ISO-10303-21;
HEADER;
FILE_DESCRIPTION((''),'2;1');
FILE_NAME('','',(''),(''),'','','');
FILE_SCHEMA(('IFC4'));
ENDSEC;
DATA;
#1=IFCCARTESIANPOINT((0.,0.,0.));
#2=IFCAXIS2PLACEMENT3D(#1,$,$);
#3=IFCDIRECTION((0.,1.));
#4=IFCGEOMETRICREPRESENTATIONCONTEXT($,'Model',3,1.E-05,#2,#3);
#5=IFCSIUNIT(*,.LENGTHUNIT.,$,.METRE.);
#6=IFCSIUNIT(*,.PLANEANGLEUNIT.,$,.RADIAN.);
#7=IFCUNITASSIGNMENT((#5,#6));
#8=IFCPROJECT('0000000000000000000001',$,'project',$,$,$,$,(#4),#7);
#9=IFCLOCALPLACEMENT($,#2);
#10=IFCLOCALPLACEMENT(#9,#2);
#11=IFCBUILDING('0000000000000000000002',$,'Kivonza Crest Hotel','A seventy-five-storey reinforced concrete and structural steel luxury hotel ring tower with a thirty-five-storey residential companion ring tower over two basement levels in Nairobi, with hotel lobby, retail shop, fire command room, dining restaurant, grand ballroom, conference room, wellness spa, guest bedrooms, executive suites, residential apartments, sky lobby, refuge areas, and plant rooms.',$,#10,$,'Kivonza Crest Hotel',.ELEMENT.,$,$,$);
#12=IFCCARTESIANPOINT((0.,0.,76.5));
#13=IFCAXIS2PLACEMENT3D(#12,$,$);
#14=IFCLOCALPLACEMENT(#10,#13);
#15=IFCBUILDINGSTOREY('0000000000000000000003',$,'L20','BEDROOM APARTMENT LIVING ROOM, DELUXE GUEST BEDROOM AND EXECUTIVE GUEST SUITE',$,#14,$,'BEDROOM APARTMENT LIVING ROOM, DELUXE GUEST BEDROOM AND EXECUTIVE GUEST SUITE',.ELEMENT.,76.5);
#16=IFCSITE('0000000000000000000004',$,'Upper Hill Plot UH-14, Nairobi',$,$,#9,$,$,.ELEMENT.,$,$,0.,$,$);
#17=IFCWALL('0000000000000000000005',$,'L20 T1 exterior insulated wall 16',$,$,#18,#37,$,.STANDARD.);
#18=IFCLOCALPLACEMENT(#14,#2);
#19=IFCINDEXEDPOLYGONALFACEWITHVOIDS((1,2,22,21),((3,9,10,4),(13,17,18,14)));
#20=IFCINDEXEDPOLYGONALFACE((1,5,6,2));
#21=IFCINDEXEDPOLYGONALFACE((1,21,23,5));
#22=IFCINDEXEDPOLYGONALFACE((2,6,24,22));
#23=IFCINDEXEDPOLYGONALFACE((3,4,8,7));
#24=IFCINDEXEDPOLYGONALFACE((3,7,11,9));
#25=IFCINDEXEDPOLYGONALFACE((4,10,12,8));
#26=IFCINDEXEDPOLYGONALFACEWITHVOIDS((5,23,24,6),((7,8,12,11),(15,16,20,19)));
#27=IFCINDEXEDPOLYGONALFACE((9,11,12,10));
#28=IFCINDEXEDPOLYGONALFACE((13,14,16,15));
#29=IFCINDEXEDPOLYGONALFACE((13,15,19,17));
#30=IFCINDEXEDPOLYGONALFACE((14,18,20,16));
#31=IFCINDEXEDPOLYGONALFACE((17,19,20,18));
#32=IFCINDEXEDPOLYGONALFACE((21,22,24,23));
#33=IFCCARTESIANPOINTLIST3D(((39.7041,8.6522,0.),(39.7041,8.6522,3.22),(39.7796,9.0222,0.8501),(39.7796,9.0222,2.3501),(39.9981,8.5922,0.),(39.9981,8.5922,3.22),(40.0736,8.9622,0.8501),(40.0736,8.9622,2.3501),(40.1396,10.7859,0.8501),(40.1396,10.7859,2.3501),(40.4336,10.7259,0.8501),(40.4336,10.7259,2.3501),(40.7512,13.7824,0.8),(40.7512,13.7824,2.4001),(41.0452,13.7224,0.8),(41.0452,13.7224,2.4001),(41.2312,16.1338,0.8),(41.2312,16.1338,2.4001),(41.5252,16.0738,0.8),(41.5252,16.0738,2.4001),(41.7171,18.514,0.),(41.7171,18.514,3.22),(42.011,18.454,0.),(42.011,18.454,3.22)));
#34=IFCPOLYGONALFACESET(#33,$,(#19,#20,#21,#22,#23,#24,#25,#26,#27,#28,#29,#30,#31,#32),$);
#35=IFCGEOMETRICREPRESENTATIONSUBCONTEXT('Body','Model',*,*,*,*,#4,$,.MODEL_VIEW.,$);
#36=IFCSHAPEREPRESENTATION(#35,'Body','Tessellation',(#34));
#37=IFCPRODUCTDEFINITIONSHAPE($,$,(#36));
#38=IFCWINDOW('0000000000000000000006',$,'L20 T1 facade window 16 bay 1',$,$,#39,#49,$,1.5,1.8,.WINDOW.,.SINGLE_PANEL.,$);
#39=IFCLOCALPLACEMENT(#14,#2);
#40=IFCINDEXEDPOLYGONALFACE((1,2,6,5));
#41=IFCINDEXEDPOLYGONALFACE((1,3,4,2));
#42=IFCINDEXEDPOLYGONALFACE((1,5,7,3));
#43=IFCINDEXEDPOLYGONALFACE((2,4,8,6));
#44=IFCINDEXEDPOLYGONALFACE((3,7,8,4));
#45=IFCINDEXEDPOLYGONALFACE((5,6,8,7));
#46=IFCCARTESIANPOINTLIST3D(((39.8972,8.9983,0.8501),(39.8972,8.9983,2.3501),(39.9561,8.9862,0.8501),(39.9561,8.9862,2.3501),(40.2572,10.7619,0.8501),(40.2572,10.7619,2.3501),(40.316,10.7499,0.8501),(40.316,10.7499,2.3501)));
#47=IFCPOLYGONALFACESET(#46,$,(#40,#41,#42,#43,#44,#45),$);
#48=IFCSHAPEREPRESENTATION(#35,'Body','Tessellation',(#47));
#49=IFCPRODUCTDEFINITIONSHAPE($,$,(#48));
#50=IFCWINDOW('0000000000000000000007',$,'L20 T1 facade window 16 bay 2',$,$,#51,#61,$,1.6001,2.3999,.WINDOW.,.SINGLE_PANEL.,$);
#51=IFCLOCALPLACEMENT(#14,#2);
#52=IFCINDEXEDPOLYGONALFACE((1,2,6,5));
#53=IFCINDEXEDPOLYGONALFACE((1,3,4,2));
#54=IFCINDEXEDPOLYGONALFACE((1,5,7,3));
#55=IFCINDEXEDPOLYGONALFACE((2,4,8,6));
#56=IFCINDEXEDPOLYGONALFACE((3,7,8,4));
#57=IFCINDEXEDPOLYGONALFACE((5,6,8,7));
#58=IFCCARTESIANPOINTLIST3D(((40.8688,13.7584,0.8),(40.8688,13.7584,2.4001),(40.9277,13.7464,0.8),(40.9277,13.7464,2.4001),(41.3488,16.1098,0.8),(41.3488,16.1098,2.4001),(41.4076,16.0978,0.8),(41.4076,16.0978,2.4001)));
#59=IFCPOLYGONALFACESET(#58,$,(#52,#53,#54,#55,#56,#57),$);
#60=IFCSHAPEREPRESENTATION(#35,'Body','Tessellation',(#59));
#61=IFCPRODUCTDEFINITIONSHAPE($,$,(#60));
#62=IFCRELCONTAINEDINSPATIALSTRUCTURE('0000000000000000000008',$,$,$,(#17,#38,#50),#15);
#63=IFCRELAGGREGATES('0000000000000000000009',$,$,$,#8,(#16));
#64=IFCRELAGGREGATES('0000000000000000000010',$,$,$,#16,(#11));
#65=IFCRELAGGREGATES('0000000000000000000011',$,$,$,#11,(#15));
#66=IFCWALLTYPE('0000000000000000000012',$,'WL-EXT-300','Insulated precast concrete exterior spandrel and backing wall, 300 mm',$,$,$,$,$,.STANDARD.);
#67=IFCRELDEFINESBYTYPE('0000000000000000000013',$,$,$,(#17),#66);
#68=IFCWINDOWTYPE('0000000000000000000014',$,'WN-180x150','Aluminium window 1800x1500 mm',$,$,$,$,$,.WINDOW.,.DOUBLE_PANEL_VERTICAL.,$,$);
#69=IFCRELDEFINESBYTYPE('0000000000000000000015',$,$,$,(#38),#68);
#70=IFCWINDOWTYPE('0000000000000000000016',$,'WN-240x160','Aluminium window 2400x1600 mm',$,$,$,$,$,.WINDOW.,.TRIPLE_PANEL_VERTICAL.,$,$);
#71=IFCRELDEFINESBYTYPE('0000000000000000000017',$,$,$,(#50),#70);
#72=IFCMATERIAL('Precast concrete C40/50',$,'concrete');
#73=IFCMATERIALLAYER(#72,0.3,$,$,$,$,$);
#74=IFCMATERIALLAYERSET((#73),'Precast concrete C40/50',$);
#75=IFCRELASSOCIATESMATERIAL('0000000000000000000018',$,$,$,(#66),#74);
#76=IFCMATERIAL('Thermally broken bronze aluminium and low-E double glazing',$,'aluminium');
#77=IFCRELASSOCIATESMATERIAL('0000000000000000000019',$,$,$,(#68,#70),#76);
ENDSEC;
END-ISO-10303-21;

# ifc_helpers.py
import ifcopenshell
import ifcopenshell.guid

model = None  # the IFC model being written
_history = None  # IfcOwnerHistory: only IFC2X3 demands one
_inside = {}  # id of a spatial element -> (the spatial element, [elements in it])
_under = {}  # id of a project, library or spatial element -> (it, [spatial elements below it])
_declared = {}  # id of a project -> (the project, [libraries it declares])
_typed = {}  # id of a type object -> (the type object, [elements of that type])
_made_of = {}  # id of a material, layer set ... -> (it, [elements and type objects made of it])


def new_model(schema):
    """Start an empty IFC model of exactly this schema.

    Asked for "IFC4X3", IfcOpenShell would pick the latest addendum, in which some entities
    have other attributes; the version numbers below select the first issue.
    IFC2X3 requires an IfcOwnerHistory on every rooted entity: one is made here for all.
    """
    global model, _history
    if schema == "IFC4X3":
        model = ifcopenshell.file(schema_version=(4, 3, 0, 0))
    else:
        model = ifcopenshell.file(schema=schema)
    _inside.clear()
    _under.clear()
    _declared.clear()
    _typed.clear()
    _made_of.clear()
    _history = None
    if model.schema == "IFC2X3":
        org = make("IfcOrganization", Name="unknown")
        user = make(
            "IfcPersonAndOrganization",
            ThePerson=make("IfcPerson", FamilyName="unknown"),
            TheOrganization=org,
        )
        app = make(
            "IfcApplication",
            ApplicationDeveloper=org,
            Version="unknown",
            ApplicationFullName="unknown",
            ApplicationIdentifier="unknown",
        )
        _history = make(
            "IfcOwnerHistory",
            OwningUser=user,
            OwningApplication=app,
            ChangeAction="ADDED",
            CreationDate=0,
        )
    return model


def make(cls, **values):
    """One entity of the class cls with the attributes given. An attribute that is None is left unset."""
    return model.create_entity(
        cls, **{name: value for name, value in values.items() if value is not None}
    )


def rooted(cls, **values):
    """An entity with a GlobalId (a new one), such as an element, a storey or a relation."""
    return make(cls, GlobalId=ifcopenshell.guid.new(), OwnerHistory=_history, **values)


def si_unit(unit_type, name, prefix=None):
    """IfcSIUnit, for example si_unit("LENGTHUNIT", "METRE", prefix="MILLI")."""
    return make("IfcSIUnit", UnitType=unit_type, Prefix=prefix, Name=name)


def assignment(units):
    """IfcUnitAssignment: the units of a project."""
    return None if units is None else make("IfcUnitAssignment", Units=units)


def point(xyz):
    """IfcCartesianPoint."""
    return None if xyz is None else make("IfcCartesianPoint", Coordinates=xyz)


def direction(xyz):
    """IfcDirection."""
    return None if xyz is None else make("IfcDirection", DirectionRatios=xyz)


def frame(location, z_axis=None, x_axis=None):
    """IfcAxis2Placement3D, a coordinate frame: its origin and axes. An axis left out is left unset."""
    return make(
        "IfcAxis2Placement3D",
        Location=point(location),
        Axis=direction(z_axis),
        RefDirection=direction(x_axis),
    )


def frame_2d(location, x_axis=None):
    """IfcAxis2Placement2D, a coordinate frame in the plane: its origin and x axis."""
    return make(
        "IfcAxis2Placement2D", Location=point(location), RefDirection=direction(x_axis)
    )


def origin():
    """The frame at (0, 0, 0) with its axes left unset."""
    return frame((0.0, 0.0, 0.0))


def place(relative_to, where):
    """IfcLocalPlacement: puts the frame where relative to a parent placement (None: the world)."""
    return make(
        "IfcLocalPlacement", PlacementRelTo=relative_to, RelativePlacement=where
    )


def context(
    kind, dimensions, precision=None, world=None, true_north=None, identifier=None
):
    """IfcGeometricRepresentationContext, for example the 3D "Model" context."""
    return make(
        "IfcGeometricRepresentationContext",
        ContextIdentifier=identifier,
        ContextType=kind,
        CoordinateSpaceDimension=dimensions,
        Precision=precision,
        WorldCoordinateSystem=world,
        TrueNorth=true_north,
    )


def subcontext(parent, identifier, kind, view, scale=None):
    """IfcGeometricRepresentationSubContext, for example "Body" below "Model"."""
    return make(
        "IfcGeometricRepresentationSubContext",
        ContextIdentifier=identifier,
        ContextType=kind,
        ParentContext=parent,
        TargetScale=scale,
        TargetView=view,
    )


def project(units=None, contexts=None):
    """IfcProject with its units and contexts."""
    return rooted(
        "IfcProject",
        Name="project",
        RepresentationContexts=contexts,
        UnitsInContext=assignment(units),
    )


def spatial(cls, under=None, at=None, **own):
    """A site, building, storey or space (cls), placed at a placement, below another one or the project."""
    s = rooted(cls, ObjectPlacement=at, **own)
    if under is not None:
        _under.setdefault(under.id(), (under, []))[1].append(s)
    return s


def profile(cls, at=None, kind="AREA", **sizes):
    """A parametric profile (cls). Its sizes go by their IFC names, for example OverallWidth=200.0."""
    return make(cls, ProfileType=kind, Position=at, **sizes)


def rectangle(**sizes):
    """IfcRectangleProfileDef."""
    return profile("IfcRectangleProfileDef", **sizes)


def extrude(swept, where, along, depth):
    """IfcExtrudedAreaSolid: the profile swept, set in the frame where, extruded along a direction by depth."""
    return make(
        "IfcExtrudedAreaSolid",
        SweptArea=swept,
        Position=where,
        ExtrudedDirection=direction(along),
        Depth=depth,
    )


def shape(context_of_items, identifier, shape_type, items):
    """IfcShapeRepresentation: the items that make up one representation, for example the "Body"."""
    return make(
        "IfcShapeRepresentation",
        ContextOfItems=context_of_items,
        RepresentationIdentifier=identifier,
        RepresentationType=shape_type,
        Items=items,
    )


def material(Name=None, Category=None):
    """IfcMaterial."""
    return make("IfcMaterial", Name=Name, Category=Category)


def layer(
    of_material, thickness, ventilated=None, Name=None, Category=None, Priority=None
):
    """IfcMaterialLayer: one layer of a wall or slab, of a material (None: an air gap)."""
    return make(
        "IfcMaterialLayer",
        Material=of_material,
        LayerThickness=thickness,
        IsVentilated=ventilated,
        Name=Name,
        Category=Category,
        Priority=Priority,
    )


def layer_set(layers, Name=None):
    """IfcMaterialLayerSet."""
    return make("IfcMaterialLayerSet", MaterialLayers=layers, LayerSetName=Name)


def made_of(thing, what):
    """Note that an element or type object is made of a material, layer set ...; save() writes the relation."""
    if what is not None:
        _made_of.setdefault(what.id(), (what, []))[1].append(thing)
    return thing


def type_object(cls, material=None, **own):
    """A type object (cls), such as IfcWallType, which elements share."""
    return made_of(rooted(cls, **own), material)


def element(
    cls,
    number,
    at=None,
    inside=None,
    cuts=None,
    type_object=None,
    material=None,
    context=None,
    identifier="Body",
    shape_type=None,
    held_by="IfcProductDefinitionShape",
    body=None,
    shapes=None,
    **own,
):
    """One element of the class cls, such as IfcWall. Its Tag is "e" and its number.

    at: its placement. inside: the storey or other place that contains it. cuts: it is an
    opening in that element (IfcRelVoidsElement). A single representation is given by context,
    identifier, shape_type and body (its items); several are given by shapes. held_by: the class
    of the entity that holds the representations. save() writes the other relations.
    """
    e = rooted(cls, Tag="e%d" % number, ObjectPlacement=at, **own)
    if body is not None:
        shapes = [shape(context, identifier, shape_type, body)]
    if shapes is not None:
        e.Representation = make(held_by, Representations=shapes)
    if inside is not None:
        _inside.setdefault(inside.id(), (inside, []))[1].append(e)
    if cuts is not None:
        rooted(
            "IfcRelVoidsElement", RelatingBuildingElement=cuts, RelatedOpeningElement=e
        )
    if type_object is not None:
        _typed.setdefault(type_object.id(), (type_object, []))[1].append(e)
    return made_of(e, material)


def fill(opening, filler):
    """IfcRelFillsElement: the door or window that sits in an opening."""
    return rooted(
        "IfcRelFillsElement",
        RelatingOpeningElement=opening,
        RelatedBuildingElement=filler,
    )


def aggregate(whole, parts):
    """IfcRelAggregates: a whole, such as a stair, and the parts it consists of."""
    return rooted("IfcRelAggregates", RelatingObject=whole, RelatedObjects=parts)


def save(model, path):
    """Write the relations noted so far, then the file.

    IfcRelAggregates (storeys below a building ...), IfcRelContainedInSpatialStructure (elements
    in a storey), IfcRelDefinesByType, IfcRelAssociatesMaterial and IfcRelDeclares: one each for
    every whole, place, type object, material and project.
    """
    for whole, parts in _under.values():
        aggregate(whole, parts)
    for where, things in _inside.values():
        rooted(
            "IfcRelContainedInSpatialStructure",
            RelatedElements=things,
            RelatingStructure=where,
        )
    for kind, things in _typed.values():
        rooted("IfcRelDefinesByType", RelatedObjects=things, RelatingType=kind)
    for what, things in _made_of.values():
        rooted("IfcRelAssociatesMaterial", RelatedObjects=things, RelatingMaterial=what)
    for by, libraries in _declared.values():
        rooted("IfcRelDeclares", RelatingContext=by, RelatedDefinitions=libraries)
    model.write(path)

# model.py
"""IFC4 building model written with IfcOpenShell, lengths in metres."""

from ifc_helpers import new_model, si_unit, direction, frame, frame_2d, origin, place, context, subcontext, project, spatial, rectangle, extrude, material, layer, layer_set, type_object, element, fill, save


model = new_model("IFC4")

# Units and contexts
model_context = context("Model", 3, precision=1e-05, world=origin(), true_north=direction((0.0, 1.0)))
body_context = subcontext(model_context, "Body", "Model", "MODEL_VIEW")
ifc_project = project(units=[si_unit("LENGTHUNIT", "METRE"), si_unit("PLANEANGLEUNIT", "RADIAN")], contexts=[model_context])

# Site, building, storey
site_placement = place(None, origin())
site = spatial("IfcSite", under=ifc_project, at=site_placement, Name="Upper Hill Plot UH-14, Nairobi", CompositionType="ELEMENT", RefElevation=0.0)
building_placement = place(site_placement, origin())
building = spatial("IfcBuilding", under=site, at=building_placement, Name="Kivonza Crest Hotel", Description="A seventy-five-storey reinforced concrete and structural steel luxury hotel ring tower with a thirty-five-storey residential companion ring tower over two basement levels in Nairobi, with hotel lobby, retail shop, fire command room, dining restaurant, grand ballroom, conference room, wellness spa, guest bedrooms, executive suites, residential apartments, sky lobby, refuge areas, and plant rooms.", LongName="Kivonza Crest Hotel", CompositionType="ELEMENT")
storey_placement = place(building_placement, frame((0.0, 0.0, 76.5)))
storey = spatial("IfcBuildingStorey", under=building, at=storey_placement, Name="L20", Description="BEDROOM APARTMENT LIVING ROOM, DELUXE GUEST BEDROOM AND EXECUTIVE GUEST SUITE", LongName="BEDROOM APARTMENT LIVING ROOM, DELUXE GUEST BEDROOM AND EXECUTIVE GUEST SUITE", CompositionType="ELEMENT", Elevation=76.5)

# Shared definitions
ifc_material_1 = material(Name="Precast concrete C40/50", Category="concrete")
ifc_layer_1 = layer(ifc_material_1, 0.3)
ifc_layer_set_1 = layer_set([ifc_layer_1], Name="Precast concrete C40/50")
wall_type_1 = type_object("IfcWallType", Name="WL-EXT-300", Description="Insulated precast concrete exterior spandrel and backing wall, 300 mm", PredefinedType="STANDARD", material=ifc_layer_set_1)

# Wall, openings, windows
wall_1_placement = place(storey_placement, frame((39.8511, 8.6221, 0.0), z_axis=(0.0, 0.0, 1.0), x_axis=(0.199991, 0.979798, 0.0)))
wall_1 = element("IfcWall", 1, at=wall_1_placement, inside=storey, type_object=wall_type_1, Name="L20 T1 exterior insulated wall 16", PredefinedType="STANDARD", context=body_context, shape_type="SweptSolid", body=[
    extrude(rectangle(XDim=10.0652, YDim=0.3, at=frame_2d((5.0327, 0.0))), origin(), (0.0, 0.0, 1.0), 3.22),
])
opening_1_placement = place(wall_1_placement, frame((0.3779, 0.0, 0.8501)))
opening_1 = element("IfcOpeningElement", 2, at=opening_1_placement, cuts=wall_1, PredefinedType="OPENING", context=body_context, shape_type="SweptSolid", body=[
    extrude(rectangle(XDim=1.8, YDim=1.5, at=frame_2d((0.8999, 0.75))), frame((0.0, 0.1602, 0.0), z_axis=(0.0, -1.0, 0.0), x_axis=(1.0, 0.0, 0.0)), (0.0, 0.0, 1.0), 0.3201),
])
opening_2_placement = place(wall_1_placement, frame((5.2361, 0.0, 0.8)))
opening_2 = element("IfcOpeningElement", 3, at=opening_2_placement, cuts=wall_1, PredefinedType="OPENING", context=body_context, shape_type="SweptSolid", body=[
    extrude(rectangle(XDim=2.3999, YDim=1.6001, at=frame_2d((1.2, 0.8))), frame((0.0, 0.1602, 0.0), z_axis=(0.0, -1.0, 0.0), x_axis=(1.0, 0.0, 0.0)), (0.0, 0.0, 1.0), 0.3201),
])
ifc_material_2 = material(Name="Thermally broken bronze aluminium and low-E double glazing", Category="aluminium")
window_type_1 = type_object("IfcWindowType", Name="WN-180x150", Description="Aluminium window 1800x1500 mm", PartitioningType="DOUBLE_PANEL_VERTICAL", PredefinedType="WINDOW", material=ifc_material_2)
window_1_placement = place(opening_1_placement, origin())
window_1 = element("IfcWindow", 4, at=window_1_placement, inside=storey, type_object=window_type_1, Name="L20 T1 facade window 16 bay 1", OverallHeight=1.5, OverallWidth=1.8, PartitioningType="SINGLE_PANEL", PredefinedType="WINDOW", context=body_context, shape_type="SweptSolid", body=[
    extrude(rectangle(XDim=1.8, YDim=1.5, at=frame_2d((0.8999, 0.75))), frame((0.0, 0.03, 0.0), z_axis=(0.0, -1.0, 0.0), x_axis=(1.0, 0.0, 0.0)), (0.0, 0.0, 1.0), 0.0601),
])
fill(opening_1, window_1)
window_type_2 = type_object("IfcWindowType", Name="WN-240x160", Description="Aluminium window 2400x1600 mm", PartitioningType="TRIPLE_PANEL_VERTICAL", PredefinedType="WINDOW", material=ifc_material_2)
window_2_placement = place(opening_2_placement, origin())
window_2 = element("IfcWindow", 5, at=window_2_placement, inside=storey, type_object=window_type_2, Name="L20 T1 facade window 16 bay 2", OverallHeight=1.6001, OverallWidth=2.3999, PartitioningType="SINGLE_PANEL", PredefinedType="WINDOW", context=body_context, shape_type="SweptSolid", body=[
    extrude(rectangle(XDim=2.3999, YDim=1.6001, at=frame_2d((1.2, 0.8))), frame((0.0, 0.03, 0.0), z_axis=(0.0, -1.0, 0.0), x_axis=(1.0, 0.0, 0.0)), (0.0, 0.0, 1.0), 0.0601),
])
fill(opening_2, window_2)

save(model, "model.ifc")
